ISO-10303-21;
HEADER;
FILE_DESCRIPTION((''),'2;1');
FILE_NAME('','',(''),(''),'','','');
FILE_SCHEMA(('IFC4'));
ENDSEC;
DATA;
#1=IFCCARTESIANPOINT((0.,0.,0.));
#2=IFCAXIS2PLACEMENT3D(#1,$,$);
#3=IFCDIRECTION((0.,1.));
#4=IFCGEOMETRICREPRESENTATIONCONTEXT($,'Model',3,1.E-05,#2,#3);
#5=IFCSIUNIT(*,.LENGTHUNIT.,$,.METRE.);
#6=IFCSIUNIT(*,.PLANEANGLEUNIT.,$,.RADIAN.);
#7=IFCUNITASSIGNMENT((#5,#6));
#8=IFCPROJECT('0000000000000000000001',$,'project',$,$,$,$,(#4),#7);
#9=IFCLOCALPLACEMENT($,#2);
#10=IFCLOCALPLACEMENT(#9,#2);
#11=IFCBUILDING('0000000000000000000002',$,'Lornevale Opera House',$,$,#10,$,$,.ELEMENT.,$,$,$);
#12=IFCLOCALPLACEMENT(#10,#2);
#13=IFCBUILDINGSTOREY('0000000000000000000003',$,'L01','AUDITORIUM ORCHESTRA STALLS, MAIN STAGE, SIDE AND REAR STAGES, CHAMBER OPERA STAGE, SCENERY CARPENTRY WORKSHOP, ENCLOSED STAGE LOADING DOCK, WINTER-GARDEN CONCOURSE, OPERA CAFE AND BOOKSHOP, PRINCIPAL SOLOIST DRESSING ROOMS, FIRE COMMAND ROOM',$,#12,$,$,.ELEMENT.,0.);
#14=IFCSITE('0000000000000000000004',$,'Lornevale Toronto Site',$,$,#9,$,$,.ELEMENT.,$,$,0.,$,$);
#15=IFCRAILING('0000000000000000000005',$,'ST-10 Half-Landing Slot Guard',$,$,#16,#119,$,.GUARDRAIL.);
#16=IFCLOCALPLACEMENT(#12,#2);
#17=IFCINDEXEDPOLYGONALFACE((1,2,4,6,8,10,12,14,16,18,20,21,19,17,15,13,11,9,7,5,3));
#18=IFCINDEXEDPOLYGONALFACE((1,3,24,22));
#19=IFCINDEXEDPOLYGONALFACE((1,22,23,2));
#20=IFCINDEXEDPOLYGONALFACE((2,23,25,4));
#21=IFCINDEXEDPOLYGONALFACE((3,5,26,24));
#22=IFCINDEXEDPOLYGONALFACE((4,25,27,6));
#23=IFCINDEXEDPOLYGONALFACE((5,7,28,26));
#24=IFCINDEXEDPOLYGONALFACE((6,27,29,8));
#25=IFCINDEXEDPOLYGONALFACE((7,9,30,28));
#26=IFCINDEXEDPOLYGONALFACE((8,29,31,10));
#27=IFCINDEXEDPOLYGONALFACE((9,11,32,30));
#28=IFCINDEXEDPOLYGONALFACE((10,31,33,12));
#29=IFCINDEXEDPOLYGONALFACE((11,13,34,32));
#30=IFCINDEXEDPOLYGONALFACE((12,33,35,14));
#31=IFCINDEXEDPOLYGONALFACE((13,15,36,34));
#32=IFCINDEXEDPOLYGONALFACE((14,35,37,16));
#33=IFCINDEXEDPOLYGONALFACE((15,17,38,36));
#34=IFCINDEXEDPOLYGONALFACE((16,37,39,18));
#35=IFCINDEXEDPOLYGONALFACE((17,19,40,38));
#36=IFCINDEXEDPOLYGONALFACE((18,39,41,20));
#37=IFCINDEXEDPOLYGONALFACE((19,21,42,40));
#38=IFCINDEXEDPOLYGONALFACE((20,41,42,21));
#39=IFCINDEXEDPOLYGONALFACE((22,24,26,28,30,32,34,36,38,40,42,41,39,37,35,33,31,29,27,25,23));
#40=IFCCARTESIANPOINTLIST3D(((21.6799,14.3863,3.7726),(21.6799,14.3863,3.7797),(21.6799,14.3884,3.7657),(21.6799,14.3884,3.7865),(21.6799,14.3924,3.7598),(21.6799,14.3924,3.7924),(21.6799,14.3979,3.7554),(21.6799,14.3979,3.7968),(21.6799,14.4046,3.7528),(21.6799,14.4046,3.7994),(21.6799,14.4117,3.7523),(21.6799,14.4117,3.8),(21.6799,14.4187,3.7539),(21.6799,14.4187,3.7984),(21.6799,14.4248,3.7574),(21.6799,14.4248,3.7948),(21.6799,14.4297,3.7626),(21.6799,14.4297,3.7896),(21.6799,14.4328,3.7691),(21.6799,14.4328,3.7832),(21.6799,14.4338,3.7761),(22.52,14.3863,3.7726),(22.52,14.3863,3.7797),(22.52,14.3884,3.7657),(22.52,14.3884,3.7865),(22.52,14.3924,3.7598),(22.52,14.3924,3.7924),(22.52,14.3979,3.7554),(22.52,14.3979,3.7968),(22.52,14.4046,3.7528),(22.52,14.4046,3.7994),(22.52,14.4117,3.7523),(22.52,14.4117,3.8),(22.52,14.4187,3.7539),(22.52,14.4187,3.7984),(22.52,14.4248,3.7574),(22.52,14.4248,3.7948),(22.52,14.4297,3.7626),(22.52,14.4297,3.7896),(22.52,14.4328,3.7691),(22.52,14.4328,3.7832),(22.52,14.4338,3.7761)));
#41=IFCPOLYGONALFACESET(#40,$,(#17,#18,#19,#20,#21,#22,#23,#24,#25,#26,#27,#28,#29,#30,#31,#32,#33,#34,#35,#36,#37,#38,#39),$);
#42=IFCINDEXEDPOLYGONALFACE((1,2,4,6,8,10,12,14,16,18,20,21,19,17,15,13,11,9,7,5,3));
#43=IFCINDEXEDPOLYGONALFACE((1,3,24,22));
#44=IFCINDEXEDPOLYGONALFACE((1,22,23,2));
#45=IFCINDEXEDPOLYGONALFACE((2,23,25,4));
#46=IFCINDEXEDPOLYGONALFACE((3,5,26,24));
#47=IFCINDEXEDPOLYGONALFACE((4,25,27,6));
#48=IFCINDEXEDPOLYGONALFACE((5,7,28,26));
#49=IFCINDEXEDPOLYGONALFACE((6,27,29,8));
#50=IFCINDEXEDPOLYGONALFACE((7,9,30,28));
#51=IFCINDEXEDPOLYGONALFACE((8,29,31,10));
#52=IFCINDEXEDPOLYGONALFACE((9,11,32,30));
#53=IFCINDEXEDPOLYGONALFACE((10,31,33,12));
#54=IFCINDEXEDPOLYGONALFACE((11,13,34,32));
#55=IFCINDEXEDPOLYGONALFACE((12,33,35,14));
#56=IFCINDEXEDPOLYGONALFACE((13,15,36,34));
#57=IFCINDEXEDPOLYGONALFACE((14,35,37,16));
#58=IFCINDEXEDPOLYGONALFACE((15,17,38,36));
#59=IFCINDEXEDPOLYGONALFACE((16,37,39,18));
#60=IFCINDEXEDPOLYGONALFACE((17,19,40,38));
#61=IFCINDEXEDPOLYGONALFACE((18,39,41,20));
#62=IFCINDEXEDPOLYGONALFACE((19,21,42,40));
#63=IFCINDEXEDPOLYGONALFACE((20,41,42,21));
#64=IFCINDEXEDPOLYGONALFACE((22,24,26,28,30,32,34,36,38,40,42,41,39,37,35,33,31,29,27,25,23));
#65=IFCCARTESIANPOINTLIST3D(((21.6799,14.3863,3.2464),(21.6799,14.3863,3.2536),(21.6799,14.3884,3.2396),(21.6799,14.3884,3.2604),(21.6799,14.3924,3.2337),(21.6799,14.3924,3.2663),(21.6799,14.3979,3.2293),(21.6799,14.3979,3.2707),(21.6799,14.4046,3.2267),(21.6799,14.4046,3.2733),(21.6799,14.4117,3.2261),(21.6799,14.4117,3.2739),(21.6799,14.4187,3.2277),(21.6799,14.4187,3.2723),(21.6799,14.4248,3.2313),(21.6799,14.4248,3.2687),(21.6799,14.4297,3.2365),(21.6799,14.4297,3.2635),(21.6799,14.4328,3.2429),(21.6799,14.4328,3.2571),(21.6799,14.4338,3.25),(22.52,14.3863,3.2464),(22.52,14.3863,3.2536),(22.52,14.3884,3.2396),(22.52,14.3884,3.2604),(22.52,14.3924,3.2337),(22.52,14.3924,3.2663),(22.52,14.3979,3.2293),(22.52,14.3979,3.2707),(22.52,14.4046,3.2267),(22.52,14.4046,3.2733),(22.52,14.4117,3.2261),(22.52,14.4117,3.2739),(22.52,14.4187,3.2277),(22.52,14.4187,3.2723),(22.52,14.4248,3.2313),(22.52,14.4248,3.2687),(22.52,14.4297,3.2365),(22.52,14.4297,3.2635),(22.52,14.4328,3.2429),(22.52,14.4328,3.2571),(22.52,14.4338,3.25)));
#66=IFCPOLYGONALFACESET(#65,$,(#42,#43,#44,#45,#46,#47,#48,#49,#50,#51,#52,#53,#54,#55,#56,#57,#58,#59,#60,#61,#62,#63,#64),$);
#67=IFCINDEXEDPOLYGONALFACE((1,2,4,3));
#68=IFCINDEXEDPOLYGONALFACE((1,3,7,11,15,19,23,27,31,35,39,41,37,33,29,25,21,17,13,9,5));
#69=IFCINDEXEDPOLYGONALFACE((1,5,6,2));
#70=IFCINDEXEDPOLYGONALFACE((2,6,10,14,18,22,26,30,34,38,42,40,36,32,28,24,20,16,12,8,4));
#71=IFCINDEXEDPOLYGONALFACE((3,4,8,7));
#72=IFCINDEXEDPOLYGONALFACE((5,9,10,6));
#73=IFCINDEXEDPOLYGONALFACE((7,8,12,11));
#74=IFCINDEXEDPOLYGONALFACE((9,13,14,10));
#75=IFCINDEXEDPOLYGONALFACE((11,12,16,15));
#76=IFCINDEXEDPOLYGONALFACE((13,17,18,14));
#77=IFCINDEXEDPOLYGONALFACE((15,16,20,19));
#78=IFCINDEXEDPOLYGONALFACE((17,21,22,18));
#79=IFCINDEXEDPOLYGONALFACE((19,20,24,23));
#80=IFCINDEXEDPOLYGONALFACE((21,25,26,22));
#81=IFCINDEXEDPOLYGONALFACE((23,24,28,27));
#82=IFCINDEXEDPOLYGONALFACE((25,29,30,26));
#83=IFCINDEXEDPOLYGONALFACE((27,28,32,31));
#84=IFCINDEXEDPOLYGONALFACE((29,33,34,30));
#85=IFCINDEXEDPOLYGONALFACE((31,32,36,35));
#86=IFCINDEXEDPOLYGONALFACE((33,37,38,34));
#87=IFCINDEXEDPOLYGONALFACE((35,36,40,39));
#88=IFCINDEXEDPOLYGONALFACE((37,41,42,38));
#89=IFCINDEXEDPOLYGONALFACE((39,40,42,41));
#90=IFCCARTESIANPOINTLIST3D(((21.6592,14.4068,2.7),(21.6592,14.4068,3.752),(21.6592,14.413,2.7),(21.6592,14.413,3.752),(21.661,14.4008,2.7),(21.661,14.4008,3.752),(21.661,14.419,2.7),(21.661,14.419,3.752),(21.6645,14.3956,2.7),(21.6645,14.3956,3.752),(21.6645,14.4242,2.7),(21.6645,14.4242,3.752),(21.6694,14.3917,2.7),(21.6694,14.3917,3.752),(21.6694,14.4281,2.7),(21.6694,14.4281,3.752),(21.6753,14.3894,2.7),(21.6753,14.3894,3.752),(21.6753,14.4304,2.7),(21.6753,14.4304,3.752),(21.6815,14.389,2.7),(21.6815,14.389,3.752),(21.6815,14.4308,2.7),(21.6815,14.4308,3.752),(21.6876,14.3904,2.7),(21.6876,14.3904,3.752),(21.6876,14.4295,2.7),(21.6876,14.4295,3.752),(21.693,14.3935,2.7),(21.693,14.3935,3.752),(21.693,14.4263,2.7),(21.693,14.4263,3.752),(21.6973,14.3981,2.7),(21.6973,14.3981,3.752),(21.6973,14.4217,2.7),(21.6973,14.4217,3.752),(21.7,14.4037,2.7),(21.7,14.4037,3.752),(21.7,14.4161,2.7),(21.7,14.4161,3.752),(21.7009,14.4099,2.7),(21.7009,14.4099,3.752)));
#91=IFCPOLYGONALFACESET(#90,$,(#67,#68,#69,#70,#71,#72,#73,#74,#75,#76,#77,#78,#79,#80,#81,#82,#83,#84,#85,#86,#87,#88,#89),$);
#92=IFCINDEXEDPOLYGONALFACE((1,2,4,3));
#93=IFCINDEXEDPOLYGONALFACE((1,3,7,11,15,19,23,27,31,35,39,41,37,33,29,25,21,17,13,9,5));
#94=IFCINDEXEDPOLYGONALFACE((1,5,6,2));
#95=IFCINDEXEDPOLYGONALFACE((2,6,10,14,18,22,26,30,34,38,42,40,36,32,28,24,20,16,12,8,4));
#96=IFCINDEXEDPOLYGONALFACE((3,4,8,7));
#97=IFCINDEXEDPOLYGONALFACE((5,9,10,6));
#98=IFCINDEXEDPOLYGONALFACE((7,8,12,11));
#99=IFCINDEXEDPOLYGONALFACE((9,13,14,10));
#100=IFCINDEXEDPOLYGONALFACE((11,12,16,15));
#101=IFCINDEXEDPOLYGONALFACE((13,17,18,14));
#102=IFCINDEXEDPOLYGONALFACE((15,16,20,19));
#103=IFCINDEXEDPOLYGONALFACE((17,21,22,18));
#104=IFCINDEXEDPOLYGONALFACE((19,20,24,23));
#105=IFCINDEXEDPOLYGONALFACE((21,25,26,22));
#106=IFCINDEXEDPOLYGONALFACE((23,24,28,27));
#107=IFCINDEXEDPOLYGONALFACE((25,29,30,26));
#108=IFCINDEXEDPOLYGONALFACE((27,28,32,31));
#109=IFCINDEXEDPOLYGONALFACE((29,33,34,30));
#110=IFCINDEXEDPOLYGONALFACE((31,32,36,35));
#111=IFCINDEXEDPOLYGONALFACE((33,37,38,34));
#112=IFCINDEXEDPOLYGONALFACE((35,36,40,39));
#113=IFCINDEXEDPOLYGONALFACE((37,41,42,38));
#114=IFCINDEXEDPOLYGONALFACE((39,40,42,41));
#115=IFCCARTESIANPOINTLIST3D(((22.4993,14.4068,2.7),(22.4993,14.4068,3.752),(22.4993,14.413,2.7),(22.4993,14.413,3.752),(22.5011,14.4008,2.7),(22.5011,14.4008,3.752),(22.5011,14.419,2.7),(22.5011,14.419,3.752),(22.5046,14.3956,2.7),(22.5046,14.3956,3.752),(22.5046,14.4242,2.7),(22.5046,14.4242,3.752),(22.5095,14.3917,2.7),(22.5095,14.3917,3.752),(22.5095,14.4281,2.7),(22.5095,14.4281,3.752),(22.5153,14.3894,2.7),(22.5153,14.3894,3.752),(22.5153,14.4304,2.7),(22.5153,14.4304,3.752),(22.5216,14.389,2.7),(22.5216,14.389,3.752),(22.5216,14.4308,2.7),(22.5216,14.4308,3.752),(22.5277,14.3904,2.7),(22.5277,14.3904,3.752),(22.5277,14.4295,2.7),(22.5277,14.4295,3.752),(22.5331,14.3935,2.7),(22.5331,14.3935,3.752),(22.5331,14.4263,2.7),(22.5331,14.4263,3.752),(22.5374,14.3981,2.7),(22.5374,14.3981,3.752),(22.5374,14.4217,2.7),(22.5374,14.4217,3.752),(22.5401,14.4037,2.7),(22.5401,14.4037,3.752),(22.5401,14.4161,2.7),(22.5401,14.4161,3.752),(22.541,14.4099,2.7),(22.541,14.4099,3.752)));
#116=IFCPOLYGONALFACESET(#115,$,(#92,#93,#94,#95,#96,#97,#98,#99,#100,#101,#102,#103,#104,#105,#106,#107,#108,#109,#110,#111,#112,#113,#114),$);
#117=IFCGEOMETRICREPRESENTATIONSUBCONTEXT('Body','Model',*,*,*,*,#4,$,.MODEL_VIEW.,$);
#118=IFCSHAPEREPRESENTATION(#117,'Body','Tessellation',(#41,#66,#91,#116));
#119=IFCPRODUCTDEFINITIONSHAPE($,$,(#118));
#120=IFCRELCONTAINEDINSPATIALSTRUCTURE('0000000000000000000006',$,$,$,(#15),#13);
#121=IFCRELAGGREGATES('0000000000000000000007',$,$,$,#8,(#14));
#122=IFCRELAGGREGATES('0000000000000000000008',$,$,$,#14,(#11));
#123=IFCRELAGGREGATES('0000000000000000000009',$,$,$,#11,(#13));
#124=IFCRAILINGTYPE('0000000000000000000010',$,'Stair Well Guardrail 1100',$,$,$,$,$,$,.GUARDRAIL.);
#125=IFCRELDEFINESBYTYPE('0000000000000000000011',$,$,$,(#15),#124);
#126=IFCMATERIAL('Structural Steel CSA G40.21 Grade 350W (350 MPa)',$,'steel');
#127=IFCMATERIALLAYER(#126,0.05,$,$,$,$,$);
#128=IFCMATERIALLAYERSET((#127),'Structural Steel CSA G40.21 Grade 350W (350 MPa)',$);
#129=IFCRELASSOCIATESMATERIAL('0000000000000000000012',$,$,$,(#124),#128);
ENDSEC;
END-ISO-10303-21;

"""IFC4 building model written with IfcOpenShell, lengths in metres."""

from ifc_helpers import new_model, si_unit, direction, frame, origin, origin_2d, place, context, subcontext, project, spatial, circle, extrude, material, layer, layer_set, type_object, element, save


model = new_model("IFC4")

# Units and contexts
model_context = context("Model", 3, precision=1e-05, world=origin(), true_north=direction((0.0, 1.0)))
body_context = subcontext(model_context, "Body", "Model", "MODEL_VIEW")
ifc_project = project(units=[si_unit("LENGTHUNIT", "METRE"), si_unit("PLANEANGLEUNIT", "RADIAN")], contexts=[model_context])

# Site, building, storey
site_placement = place(None, origin())
site = spatial("IfcSite", under=ifc_project, at=site_placement, Name="Lornevale Toronto Site", CompositionType="ELEMENT", RefElevation=0.0)
building_placement = place(site_placement, origin())
building = spatial("IfcBuilding", under=site, at=building_placement, Name="Lornevale Opera House", CompositionType="ELEMENT")
storey_placement = place(building_placement, origin())
storey = spatial("IfcBuildingStorey", under=building, at=storey_placement, Name="L01", Description="AUDITORIUM ORCHESTRA STALLS, MAIN STAGE, SIDE AND REAR STAGES, CHAMBER OPERA STAGE, SCENERY CARPENTRY WORKSHOP, ENCLOSED STAGE LOADING DOCK, WINTER-GARDEN CONCOURSE, OPERA CAFE AND BOOKSHOP, PRINCIPAL SOLOIST DRESSING ROOMS, FIRE COMMAND ROOM", CompositionType="ELEMENT", Elevation=0.0)

# Railing
ifc_material_1 = material(Name="Structural Steel CSA G40.21 Grade 350W (350 MPa)", Category="steel")
ifc_layer_1 = layer(ifc_material_1, 0.05)
ifc_layer_set_1 = layer_set([ifc_layer_1], Name="Structural Steel CSA G40.21 Grade 350W (350 MPa)")
railing_type_1 = type_object("IfcRailingType", Name="Stair Well Guardrail 1100", PredefinedType="GUARDRAIL", material=ifc_layer_set_1)
railing_1_placement = place(storey_placement, frame((21.6799, 14.4099, 2.7)))
element("IfcRailing", 1, at=railing_1_placement, inside=storey, type_object=railing_type_1, Name="ST-10 Half-Landing Slot Guard", PredefinedType="GUARDRAIL", context=body_context, shape_type="SweptSolid", body=[
    extrude(circle(Radius=0.0239, at=origin_2d()), frame((0.0, 0.0, 1.0762), z_axis=(1.0, 0.0, 0.0), x_axis=(0.0, 1.0, 0.0)), (0.0, 0.0, 1.0), 0.8401),
    extrude(circle(Radius=0.0239, at=origin_2d()), frame((0.0, 0.0, 0.55), z_axis=(1.0, 0.0, 0.0), x_axis=(0.0, 1.0, 0.0)), (0.0, 0.0, 1.0), 0.8401),
    extrude(circle(Radius=0.021, at=origin_2d()), origin(), (0.0, 0.0, 1.0), 1.052),
    extrude(circle(Radius=0.021, at=origin_2d()), frame((0.8401, 0.0, 0.0)), (0.0, 0.0, 1.0), 1.052),
])

save(model, "model.ifc")
